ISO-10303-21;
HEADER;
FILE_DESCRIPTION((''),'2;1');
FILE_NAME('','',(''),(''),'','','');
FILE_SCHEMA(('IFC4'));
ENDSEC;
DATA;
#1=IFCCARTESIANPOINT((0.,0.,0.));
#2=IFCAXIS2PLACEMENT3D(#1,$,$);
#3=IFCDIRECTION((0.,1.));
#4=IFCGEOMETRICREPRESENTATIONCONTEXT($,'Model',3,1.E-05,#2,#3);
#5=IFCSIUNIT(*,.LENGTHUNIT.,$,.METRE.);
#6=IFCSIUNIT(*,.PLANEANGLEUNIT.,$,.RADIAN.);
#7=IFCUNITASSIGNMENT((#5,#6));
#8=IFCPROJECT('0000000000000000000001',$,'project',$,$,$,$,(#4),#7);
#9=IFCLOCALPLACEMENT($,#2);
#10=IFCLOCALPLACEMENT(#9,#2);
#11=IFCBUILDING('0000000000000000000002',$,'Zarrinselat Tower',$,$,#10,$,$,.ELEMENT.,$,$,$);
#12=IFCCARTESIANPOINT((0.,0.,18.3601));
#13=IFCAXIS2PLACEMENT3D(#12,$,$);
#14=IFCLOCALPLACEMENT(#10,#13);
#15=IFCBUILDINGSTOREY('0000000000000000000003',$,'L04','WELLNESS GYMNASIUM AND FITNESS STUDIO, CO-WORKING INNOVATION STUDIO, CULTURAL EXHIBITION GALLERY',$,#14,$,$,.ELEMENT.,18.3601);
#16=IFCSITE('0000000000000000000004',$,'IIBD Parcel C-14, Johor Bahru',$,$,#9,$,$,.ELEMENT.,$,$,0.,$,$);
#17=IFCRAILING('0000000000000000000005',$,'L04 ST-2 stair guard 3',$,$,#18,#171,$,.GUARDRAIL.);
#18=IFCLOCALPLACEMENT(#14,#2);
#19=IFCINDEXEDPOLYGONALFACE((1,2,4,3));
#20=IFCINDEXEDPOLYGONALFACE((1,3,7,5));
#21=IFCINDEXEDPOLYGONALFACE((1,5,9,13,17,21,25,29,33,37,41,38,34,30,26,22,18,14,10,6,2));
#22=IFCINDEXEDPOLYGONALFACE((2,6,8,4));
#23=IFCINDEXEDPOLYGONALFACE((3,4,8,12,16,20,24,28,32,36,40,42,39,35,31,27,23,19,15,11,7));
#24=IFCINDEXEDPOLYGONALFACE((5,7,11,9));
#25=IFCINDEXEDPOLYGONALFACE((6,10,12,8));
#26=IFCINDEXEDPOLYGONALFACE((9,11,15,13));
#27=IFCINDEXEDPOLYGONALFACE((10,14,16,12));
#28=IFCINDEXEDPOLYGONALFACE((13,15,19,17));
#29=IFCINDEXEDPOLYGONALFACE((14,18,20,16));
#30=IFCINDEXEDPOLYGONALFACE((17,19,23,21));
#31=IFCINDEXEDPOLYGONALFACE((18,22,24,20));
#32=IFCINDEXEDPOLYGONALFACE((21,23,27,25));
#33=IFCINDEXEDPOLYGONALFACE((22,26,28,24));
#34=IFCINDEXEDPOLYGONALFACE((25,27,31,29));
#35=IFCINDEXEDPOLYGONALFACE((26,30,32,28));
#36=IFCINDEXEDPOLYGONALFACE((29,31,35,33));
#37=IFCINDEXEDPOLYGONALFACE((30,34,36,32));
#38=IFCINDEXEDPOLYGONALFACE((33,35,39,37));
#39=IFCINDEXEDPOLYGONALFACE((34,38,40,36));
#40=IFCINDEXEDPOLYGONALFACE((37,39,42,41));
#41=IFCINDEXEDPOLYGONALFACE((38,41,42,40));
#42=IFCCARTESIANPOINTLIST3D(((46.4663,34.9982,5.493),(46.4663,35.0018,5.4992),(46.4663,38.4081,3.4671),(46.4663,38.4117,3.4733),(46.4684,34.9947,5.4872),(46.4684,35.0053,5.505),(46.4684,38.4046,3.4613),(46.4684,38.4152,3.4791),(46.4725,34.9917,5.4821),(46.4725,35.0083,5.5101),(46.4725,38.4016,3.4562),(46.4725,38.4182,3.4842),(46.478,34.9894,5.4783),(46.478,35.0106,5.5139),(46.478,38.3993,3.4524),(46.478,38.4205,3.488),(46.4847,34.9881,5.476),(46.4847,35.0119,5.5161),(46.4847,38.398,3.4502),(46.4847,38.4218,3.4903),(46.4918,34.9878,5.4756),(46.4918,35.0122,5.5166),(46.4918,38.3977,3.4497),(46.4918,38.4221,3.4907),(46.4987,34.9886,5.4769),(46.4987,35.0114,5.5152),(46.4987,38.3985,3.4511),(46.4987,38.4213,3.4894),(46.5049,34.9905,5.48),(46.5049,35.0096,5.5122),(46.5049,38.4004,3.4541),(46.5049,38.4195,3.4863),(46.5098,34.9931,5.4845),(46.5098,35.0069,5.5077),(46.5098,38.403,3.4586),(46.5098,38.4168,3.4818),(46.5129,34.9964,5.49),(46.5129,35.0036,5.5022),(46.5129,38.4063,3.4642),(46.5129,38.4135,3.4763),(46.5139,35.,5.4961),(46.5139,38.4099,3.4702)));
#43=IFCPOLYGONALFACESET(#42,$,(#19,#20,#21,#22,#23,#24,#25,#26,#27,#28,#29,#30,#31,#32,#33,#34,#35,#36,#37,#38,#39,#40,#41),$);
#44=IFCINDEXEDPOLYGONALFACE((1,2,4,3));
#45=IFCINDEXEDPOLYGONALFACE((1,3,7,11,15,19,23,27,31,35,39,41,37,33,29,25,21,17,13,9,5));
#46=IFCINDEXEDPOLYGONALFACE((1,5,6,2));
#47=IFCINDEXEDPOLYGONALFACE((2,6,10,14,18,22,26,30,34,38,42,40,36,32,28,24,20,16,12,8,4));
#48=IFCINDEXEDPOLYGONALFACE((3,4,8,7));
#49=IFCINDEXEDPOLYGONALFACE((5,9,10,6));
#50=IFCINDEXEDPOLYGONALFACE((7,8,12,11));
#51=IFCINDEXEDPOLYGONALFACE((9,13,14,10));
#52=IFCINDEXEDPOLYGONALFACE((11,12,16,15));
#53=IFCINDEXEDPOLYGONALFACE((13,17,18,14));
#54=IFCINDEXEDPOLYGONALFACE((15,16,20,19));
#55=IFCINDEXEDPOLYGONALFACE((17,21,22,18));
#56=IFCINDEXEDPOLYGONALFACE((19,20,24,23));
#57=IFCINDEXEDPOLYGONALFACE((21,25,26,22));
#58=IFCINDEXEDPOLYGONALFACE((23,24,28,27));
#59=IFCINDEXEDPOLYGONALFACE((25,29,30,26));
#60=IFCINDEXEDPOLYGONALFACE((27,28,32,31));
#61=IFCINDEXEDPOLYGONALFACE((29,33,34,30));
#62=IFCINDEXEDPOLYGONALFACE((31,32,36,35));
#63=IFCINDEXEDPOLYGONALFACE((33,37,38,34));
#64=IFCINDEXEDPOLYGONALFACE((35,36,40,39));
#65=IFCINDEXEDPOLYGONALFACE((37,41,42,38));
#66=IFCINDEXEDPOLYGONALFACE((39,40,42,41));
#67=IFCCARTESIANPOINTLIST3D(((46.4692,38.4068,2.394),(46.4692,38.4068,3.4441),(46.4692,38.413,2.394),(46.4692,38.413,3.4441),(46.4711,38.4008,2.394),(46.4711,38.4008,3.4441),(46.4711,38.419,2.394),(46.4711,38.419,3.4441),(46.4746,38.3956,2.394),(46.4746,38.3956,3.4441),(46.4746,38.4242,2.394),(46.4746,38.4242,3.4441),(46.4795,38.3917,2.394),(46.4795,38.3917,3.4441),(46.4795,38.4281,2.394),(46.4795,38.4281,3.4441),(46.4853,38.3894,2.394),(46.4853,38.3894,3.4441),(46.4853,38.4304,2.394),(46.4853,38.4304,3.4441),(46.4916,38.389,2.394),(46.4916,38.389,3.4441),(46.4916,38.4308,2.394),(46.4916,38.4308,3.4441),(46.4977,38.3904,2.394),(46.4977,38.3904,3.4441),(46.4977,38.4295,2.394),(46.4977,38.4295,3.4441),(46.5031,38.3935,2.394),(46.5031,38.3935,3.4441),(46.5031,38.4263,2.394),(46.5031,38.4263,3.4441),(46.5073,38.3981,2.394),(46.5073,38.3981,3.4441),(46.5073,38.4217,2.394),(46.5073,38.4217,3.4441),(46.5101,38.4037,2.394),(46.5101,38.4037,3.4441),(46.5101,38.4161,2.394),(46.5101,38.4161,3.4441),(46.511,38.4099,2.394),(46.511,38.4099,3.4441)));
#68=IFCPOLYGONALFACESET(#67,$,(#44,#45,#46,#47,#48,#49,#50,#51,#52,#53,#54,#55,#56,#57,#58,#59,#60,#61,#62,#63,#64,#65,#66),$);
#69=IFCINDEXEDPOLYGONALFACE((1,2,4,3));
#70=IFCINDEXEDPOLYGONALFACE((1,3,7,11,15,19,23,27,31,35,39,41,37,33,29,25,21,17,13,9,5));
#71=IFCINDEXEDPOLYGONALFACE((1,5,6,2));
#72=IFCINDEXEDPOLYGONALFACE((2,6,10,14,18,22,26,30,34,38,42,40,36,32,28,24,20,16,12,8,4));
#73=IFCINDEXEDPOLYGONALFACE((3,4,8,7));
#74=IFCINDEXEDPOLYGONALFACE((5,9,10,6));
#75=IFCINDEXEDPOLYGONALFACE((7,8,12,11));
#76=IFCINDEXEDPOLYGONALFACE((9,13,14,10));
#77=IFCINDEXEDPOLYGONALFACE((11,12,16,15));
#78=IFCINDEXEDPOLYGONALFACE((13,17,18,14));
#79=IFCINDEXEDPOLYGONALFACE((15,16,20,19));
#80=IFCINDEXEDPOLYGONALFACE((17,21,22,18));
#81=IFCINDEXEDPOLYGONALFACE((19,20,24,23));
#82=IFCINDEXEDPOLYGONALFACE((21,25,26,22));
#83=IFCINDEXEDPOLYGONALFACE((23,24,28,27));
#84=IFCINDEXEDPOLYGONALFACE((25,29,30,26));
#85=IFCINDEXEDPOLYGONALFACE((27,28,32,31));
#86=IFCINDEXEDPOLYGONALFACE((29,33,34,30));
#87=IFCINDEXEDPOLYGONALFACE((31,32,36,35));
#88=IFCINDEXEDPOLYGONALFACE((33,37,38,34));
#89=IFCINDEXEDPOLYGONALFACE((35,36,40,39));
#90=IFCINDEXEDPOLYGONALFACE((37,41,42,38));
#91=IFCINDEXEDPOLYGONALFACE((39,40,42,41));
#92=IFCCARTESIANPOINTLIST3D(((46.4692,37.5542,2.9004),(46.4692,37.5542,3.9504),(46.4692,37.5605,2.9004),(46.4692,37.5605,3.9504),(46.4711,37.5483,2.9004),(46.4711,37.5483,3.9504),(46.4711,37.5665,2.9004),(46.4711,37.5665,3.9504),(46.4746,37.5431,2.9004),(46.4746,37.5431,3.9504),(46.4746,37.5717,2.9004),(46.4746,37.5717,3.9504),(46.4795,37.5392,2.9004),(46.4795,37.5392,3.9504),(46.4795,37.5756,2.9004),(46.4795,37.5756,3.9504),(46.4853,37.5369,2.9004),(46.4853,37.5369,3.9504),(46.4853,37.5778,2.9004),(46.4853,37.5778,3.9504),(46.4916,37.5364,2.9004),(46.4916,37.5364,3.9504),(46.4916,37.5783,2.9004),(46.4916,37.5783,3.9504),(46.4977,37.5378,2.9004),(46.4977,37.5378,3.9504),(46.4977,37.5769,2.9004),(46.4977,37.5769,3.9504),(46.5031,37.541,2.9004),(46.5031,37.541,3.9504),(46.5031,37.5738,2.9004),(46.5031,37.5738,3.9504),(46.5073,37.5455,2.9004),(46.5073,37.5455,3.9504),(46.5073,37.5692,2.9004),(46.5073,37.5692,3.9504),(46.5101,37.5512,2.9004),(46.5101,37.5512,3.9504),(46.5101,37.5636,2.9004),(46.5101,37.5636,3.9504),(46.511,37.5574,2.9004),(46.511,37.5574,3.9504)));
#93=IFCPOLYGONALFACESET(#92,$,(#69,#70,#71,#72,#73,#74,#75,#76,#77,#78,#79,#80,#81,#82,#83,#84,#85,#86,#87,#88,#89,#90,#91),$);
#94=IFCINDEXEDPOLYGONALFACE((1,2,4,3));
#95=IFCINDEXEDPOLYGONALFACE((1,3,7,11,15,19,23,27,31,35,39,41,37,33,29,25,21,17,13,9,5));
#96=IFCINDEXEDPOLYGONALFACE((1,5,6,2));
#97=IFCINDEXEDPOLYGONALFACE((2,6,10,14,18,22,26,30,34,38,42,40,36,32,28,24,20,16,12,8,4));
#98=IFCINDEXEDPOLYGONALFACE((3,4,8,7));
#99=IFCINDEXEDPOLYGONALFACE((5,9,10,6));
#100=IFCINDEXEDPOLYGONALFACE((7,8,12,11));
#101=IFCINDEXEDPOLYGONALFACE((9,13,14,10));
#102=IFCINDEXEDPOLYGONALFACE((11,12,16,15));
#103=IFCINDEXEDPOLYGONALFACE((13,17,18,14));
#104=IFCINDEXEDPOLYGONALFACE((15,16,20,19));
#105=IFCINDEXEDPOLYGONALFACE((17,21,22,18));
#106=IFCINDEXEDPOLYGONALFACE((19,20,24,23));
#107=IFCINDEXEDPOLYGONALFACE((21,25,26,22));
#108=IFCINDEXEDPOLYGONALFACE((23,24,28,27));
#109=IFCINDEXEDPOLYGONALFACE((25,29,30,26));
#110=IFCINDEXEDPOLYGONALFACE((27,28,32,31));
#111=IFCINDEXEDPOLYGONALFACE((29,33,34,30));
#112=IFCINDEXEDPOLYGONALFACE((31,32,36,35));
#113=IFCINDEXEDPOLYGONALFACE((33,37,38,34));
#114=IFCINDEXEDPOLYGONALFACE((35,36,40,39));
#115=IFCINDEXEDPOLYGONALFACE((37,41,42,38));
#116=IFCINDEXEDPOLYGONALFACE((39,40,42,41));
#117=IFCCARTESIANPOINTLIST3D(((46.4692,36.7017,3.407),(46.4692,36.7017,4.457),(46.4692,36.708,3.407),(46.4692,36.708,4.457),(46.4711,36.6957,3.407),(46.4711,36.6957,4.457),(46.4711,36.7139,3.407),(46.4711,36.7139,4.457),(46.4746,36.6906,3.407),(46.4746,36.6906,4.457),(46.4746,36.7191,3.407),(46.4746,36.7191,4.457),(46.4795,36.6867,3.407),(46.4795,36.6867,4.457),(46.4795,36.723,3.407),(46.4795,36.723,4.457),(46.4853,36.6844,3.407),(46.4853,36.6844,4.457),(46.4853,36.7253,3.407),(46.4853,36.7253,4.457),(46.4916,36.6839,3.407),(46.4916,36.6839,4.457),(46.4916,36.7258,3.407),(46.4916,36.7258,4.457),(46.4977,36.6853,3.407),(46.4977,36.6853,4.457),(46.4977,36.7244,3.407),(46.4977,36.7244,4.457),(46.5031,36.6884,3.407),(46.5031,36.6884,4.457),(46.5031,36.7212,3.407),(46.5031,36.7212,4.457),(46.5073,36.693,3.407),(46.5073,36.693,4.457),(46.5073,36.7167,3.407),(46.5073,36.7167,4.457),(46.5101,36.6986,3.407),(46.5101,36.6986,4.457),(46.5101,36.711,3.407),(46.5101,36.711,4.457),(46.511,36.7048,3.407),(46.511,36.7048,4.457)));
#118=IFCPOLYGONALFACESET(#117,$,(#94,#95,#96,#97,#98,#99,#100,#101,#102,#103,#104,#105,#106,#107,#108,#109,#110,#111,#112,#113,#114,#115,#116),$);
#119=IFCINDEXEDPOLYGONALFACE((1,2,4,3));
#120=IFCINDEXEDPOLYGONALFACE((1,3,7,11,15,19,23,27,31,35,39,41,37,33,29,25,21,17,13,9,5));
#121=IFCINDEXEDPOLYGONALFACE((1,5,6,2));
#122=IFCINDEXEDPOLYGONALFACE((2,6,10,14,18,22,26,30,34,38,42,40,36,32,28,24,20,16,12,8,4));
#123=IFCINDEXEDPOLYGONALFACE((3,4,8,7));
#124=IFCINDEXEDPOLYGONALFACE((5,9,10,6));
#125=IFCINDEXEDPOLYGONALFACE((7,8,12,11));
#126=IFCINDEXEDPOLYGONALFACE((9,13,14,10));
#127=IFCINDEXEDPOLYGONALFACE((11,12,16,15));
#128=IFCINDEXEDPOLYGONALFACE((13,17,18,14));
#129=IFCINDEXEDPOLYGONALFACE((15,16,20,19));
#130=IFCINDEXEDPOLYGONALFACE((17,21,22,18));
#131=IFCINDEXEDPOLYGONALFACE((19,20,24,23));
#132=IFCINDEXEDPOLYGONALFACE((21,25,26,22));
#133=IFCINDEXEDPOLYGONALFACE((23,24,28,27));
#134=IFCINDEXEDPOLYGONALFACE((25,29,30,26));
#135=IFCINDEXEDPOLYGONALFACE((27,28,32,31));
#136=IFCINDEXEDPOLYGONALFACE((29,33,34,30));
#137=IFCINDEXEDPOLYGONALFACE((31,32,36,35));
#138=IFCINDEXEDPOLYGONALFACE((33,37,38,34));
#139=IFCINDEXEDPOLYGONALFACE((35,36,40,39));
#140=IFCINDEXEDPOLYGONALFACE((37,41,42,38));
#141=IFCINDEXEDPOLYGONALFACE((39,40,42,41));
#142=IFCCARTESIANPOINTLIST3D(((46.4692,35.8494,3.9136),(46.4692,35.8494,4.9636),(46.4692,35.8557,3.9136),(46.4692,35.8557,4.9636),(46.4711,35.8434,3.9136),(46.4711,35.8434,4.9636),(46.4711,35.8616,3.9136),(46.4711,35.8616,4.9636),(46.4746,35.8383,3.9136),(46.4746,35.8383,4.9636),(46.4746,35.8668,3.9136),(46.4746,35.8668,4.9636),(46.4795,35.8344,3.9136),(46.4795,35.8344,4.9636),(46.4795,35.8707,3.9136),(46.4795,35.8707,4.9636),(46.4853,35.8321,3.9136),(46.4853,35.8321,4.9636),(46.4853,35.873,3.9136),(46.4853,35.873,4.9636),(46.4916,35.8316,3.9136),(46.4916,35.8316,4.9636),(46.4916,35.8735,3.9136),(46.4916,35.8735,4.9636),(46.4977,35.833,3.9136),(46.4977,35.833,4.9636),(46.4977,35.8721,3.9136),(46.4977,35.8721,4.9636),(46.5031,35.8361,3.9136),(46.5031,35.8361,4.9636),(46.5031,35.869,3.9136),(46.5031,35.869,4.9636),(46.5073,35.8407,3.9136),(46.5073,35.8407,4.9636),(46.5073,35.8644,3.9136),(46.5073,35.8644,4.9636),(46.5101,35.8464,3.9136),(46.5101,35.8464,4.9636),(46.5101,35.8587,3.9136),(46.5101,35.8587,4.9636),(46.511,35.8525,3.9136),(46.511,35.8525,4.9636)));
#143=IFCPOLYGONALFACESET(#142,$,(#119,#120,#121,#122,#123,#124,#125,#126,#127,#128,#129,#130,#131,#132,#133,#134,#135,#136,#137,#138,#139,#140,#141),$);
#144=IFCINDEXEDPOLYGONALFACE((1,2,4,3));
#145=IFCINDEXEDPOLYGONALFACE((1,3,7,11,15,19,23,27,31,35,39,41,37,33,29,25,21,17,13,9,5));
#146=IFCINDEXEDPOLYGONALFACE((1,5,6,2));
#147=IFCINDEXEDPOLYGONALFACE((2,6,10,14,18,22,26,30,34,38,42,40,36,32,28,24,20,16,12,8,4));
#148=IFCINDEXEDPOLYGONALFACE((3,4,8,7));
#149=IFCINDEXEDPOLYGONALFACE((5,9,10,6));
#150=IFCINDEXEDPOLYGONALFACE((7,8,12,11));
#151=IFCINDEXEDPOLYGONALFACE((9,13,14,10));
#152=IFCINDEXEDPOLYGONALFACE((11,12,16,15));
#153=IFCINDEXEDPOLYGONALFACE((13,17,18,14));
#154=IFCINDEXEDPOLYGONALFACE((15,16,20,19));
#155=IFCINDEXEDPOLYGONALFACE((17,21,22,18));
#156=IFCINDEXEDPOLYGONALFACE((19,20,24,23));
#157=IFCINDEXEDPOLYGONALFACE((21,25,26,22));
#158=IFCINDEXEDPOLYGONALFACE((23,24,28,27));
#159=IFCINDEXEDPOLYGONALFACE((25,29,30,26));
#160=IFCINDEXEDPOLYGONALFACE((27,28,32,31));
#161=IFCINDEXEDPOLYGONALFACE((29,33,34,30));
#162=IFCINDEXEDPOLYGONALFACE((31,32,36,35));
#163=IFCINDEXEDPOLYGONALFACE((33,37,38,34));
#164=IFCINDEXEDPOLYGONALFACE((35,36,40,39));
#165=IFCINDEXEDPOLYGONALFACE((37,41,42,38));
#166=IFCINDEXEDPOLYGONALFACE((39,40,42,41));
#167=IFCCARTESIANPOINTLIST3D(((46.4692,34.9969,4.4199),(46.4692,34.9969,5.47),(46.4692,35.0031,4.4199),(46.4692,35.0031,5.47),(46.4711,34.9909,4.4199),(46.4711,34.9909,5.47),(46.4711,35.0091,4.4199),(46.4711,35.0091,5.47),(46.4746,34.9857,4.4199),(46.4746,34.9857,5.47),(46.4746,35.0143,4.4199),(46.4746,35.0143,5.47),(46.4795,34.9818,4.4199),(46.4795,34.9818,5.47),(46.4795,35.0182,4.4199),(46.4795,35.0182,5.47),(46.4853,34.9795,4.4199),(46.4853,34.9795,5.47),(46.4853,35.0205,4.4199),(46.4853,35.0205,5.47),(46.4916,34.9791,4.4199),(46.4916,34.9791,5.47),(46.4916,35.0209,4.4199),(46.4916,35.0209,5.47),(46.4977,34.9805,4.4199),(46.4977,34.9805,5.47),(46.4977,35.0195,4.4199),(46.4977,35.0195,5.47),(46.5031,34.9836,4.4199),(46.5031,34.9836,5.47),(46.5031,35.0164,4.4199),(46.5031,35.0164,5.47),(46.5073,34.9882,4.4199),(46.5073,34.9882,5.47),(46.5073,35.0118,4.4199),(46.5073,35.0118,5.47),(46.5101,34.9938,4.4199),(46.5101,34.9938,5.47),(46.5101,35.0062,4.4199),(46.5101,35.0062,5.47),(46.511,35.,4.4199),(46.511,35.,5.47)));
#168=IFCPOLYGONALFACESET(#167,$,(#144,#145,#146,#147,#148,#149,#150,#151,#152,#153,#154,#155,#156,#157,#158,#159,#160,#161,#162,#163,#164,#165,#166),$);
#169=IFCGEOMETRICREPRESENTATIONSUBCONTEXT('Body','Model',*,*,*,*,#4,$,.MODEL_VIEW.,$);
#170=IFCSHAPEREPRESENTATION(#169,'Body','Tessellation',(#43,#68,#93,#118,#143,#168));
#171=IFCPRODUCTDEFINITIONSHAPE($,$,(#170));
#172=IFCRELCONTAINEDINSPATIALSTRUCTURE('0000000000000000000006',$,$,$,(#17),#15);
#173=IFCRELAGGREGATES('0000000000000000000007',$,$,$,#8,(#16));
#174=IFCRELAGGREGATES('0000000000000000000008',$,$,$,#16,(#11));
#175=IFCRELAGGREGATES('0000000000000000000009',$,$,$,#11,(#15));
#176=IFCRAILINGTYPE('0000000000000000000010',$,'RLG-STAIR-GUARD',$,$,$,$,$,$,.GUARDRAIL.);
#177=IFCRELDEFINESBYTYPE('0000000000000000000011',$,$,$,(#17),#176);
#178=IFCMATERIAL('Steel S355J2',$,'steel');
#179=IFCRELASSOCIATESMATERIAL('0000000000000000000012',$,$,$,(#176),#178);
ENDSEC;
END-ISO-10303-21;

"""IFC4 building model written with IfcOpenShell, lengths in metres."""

from ifc_helpers import new_model, si_unit, direction, frame, origin, origin_2d, place, context, subcontext, project, spatial, circle, extrude, material, type_object, element, save


model = new_model("IFC4")

# Units and contexts
model_context = context("Model", 3, precision=1e-05, world=origin(), true_north=direction((0.0, 1.0)))
body_context = subcontext(model_context, "Body", "Model", "MODEL_VIEW")
ifc_project = project(units=[si_unit("LENGTHUNIT", "METRE"), si_unit("PLANEANGLEUNIT", "RADIAN")], contexts=[model_context])

# Site, building, storey
site_placement = place(None, origin())
site = spatial("IfcSite", under=ifc_project, at=site_placement, Name="IIBD Parcel C-14, Johor Bahru", CompositionType="ELEMENT", RefElevation=0.0)
building_placement = place(site_placement, origin())
building = spatial("IfcBuilding", under=site, at=building_placement, Name="Zarrinselat Tower", CompositionType="ELEMENT")
storey_placement = place(building_placement, frame((0.0, 0.0, 18.3601)))
storey = spatial("IfcBuildingStorey", under=building, at=storey_placement, Name="L04", Description="WELLNESS GYMNASIUM AND FITNESS STUDIO, CO-WORKING INNOVATION STUDIO, CULTURAL EXHIBITION GALLERY", CompositionType="ELEMENT", Elevation=18.3601)

# Railing
ifc_material_1 = material(Name="Steel S355J2", Category="steel")
railing_type_1 = type_object("IfcRailingType", Name="RLG-STAIR-GUARD", PredefinedType="GUARDRAIL", material=ifc_material_1)
railing_1_placement = place(storey_placement, frame((46.49, 38.4099, 2.394)))
element("IfcRailing", 1, at=railing_1_placement, inside=storey, type_object=railing_type_1, Name="L04 ST-2 stair guard 3", PredefinedType="GUARDRAIL", context=body_context, shape_type="SweptSolid", body=[
    extrude(circle(Radius=0.0239, at=origin_2d()), frame((0.0, 0.0, 1.0762), z_axis=(0.0, -0.859717, 0.510771), x_axis=(1.0, 0.0, 0.0)), (0.0, 0.0, 1.0), 3.9663),
    extrude(circle(Radius=0.021, at=origin_2d()), origin(), (0.0, 0.0, 1.0), 1.05),
    extrude(circle(Radius=0.021, at=origin_2d()), frame((0.0, -0.8525, 0.5063)), (0.0, 0.0, 1.0), 1.05),
    extrude(circle(Radius=0.021, at=origin_2d()), frame((0.0, -1.7051, 1.0129)), (0.0, 0.0, 1.0), 1.05),
    extrude(circle(Radius=0.021, at=origin_2d()), frame((0.0, -2.5574, 1.5195)), (0.0, 0.0, 1.0), 1.05),
    extrude(circle(Radius=0.021, at=origin_2d()), frame((0.0, -3.4099, 2.0259)), (0.0, 0.0, 1.0), 1.05),
])

save(model, "model.ifc")
